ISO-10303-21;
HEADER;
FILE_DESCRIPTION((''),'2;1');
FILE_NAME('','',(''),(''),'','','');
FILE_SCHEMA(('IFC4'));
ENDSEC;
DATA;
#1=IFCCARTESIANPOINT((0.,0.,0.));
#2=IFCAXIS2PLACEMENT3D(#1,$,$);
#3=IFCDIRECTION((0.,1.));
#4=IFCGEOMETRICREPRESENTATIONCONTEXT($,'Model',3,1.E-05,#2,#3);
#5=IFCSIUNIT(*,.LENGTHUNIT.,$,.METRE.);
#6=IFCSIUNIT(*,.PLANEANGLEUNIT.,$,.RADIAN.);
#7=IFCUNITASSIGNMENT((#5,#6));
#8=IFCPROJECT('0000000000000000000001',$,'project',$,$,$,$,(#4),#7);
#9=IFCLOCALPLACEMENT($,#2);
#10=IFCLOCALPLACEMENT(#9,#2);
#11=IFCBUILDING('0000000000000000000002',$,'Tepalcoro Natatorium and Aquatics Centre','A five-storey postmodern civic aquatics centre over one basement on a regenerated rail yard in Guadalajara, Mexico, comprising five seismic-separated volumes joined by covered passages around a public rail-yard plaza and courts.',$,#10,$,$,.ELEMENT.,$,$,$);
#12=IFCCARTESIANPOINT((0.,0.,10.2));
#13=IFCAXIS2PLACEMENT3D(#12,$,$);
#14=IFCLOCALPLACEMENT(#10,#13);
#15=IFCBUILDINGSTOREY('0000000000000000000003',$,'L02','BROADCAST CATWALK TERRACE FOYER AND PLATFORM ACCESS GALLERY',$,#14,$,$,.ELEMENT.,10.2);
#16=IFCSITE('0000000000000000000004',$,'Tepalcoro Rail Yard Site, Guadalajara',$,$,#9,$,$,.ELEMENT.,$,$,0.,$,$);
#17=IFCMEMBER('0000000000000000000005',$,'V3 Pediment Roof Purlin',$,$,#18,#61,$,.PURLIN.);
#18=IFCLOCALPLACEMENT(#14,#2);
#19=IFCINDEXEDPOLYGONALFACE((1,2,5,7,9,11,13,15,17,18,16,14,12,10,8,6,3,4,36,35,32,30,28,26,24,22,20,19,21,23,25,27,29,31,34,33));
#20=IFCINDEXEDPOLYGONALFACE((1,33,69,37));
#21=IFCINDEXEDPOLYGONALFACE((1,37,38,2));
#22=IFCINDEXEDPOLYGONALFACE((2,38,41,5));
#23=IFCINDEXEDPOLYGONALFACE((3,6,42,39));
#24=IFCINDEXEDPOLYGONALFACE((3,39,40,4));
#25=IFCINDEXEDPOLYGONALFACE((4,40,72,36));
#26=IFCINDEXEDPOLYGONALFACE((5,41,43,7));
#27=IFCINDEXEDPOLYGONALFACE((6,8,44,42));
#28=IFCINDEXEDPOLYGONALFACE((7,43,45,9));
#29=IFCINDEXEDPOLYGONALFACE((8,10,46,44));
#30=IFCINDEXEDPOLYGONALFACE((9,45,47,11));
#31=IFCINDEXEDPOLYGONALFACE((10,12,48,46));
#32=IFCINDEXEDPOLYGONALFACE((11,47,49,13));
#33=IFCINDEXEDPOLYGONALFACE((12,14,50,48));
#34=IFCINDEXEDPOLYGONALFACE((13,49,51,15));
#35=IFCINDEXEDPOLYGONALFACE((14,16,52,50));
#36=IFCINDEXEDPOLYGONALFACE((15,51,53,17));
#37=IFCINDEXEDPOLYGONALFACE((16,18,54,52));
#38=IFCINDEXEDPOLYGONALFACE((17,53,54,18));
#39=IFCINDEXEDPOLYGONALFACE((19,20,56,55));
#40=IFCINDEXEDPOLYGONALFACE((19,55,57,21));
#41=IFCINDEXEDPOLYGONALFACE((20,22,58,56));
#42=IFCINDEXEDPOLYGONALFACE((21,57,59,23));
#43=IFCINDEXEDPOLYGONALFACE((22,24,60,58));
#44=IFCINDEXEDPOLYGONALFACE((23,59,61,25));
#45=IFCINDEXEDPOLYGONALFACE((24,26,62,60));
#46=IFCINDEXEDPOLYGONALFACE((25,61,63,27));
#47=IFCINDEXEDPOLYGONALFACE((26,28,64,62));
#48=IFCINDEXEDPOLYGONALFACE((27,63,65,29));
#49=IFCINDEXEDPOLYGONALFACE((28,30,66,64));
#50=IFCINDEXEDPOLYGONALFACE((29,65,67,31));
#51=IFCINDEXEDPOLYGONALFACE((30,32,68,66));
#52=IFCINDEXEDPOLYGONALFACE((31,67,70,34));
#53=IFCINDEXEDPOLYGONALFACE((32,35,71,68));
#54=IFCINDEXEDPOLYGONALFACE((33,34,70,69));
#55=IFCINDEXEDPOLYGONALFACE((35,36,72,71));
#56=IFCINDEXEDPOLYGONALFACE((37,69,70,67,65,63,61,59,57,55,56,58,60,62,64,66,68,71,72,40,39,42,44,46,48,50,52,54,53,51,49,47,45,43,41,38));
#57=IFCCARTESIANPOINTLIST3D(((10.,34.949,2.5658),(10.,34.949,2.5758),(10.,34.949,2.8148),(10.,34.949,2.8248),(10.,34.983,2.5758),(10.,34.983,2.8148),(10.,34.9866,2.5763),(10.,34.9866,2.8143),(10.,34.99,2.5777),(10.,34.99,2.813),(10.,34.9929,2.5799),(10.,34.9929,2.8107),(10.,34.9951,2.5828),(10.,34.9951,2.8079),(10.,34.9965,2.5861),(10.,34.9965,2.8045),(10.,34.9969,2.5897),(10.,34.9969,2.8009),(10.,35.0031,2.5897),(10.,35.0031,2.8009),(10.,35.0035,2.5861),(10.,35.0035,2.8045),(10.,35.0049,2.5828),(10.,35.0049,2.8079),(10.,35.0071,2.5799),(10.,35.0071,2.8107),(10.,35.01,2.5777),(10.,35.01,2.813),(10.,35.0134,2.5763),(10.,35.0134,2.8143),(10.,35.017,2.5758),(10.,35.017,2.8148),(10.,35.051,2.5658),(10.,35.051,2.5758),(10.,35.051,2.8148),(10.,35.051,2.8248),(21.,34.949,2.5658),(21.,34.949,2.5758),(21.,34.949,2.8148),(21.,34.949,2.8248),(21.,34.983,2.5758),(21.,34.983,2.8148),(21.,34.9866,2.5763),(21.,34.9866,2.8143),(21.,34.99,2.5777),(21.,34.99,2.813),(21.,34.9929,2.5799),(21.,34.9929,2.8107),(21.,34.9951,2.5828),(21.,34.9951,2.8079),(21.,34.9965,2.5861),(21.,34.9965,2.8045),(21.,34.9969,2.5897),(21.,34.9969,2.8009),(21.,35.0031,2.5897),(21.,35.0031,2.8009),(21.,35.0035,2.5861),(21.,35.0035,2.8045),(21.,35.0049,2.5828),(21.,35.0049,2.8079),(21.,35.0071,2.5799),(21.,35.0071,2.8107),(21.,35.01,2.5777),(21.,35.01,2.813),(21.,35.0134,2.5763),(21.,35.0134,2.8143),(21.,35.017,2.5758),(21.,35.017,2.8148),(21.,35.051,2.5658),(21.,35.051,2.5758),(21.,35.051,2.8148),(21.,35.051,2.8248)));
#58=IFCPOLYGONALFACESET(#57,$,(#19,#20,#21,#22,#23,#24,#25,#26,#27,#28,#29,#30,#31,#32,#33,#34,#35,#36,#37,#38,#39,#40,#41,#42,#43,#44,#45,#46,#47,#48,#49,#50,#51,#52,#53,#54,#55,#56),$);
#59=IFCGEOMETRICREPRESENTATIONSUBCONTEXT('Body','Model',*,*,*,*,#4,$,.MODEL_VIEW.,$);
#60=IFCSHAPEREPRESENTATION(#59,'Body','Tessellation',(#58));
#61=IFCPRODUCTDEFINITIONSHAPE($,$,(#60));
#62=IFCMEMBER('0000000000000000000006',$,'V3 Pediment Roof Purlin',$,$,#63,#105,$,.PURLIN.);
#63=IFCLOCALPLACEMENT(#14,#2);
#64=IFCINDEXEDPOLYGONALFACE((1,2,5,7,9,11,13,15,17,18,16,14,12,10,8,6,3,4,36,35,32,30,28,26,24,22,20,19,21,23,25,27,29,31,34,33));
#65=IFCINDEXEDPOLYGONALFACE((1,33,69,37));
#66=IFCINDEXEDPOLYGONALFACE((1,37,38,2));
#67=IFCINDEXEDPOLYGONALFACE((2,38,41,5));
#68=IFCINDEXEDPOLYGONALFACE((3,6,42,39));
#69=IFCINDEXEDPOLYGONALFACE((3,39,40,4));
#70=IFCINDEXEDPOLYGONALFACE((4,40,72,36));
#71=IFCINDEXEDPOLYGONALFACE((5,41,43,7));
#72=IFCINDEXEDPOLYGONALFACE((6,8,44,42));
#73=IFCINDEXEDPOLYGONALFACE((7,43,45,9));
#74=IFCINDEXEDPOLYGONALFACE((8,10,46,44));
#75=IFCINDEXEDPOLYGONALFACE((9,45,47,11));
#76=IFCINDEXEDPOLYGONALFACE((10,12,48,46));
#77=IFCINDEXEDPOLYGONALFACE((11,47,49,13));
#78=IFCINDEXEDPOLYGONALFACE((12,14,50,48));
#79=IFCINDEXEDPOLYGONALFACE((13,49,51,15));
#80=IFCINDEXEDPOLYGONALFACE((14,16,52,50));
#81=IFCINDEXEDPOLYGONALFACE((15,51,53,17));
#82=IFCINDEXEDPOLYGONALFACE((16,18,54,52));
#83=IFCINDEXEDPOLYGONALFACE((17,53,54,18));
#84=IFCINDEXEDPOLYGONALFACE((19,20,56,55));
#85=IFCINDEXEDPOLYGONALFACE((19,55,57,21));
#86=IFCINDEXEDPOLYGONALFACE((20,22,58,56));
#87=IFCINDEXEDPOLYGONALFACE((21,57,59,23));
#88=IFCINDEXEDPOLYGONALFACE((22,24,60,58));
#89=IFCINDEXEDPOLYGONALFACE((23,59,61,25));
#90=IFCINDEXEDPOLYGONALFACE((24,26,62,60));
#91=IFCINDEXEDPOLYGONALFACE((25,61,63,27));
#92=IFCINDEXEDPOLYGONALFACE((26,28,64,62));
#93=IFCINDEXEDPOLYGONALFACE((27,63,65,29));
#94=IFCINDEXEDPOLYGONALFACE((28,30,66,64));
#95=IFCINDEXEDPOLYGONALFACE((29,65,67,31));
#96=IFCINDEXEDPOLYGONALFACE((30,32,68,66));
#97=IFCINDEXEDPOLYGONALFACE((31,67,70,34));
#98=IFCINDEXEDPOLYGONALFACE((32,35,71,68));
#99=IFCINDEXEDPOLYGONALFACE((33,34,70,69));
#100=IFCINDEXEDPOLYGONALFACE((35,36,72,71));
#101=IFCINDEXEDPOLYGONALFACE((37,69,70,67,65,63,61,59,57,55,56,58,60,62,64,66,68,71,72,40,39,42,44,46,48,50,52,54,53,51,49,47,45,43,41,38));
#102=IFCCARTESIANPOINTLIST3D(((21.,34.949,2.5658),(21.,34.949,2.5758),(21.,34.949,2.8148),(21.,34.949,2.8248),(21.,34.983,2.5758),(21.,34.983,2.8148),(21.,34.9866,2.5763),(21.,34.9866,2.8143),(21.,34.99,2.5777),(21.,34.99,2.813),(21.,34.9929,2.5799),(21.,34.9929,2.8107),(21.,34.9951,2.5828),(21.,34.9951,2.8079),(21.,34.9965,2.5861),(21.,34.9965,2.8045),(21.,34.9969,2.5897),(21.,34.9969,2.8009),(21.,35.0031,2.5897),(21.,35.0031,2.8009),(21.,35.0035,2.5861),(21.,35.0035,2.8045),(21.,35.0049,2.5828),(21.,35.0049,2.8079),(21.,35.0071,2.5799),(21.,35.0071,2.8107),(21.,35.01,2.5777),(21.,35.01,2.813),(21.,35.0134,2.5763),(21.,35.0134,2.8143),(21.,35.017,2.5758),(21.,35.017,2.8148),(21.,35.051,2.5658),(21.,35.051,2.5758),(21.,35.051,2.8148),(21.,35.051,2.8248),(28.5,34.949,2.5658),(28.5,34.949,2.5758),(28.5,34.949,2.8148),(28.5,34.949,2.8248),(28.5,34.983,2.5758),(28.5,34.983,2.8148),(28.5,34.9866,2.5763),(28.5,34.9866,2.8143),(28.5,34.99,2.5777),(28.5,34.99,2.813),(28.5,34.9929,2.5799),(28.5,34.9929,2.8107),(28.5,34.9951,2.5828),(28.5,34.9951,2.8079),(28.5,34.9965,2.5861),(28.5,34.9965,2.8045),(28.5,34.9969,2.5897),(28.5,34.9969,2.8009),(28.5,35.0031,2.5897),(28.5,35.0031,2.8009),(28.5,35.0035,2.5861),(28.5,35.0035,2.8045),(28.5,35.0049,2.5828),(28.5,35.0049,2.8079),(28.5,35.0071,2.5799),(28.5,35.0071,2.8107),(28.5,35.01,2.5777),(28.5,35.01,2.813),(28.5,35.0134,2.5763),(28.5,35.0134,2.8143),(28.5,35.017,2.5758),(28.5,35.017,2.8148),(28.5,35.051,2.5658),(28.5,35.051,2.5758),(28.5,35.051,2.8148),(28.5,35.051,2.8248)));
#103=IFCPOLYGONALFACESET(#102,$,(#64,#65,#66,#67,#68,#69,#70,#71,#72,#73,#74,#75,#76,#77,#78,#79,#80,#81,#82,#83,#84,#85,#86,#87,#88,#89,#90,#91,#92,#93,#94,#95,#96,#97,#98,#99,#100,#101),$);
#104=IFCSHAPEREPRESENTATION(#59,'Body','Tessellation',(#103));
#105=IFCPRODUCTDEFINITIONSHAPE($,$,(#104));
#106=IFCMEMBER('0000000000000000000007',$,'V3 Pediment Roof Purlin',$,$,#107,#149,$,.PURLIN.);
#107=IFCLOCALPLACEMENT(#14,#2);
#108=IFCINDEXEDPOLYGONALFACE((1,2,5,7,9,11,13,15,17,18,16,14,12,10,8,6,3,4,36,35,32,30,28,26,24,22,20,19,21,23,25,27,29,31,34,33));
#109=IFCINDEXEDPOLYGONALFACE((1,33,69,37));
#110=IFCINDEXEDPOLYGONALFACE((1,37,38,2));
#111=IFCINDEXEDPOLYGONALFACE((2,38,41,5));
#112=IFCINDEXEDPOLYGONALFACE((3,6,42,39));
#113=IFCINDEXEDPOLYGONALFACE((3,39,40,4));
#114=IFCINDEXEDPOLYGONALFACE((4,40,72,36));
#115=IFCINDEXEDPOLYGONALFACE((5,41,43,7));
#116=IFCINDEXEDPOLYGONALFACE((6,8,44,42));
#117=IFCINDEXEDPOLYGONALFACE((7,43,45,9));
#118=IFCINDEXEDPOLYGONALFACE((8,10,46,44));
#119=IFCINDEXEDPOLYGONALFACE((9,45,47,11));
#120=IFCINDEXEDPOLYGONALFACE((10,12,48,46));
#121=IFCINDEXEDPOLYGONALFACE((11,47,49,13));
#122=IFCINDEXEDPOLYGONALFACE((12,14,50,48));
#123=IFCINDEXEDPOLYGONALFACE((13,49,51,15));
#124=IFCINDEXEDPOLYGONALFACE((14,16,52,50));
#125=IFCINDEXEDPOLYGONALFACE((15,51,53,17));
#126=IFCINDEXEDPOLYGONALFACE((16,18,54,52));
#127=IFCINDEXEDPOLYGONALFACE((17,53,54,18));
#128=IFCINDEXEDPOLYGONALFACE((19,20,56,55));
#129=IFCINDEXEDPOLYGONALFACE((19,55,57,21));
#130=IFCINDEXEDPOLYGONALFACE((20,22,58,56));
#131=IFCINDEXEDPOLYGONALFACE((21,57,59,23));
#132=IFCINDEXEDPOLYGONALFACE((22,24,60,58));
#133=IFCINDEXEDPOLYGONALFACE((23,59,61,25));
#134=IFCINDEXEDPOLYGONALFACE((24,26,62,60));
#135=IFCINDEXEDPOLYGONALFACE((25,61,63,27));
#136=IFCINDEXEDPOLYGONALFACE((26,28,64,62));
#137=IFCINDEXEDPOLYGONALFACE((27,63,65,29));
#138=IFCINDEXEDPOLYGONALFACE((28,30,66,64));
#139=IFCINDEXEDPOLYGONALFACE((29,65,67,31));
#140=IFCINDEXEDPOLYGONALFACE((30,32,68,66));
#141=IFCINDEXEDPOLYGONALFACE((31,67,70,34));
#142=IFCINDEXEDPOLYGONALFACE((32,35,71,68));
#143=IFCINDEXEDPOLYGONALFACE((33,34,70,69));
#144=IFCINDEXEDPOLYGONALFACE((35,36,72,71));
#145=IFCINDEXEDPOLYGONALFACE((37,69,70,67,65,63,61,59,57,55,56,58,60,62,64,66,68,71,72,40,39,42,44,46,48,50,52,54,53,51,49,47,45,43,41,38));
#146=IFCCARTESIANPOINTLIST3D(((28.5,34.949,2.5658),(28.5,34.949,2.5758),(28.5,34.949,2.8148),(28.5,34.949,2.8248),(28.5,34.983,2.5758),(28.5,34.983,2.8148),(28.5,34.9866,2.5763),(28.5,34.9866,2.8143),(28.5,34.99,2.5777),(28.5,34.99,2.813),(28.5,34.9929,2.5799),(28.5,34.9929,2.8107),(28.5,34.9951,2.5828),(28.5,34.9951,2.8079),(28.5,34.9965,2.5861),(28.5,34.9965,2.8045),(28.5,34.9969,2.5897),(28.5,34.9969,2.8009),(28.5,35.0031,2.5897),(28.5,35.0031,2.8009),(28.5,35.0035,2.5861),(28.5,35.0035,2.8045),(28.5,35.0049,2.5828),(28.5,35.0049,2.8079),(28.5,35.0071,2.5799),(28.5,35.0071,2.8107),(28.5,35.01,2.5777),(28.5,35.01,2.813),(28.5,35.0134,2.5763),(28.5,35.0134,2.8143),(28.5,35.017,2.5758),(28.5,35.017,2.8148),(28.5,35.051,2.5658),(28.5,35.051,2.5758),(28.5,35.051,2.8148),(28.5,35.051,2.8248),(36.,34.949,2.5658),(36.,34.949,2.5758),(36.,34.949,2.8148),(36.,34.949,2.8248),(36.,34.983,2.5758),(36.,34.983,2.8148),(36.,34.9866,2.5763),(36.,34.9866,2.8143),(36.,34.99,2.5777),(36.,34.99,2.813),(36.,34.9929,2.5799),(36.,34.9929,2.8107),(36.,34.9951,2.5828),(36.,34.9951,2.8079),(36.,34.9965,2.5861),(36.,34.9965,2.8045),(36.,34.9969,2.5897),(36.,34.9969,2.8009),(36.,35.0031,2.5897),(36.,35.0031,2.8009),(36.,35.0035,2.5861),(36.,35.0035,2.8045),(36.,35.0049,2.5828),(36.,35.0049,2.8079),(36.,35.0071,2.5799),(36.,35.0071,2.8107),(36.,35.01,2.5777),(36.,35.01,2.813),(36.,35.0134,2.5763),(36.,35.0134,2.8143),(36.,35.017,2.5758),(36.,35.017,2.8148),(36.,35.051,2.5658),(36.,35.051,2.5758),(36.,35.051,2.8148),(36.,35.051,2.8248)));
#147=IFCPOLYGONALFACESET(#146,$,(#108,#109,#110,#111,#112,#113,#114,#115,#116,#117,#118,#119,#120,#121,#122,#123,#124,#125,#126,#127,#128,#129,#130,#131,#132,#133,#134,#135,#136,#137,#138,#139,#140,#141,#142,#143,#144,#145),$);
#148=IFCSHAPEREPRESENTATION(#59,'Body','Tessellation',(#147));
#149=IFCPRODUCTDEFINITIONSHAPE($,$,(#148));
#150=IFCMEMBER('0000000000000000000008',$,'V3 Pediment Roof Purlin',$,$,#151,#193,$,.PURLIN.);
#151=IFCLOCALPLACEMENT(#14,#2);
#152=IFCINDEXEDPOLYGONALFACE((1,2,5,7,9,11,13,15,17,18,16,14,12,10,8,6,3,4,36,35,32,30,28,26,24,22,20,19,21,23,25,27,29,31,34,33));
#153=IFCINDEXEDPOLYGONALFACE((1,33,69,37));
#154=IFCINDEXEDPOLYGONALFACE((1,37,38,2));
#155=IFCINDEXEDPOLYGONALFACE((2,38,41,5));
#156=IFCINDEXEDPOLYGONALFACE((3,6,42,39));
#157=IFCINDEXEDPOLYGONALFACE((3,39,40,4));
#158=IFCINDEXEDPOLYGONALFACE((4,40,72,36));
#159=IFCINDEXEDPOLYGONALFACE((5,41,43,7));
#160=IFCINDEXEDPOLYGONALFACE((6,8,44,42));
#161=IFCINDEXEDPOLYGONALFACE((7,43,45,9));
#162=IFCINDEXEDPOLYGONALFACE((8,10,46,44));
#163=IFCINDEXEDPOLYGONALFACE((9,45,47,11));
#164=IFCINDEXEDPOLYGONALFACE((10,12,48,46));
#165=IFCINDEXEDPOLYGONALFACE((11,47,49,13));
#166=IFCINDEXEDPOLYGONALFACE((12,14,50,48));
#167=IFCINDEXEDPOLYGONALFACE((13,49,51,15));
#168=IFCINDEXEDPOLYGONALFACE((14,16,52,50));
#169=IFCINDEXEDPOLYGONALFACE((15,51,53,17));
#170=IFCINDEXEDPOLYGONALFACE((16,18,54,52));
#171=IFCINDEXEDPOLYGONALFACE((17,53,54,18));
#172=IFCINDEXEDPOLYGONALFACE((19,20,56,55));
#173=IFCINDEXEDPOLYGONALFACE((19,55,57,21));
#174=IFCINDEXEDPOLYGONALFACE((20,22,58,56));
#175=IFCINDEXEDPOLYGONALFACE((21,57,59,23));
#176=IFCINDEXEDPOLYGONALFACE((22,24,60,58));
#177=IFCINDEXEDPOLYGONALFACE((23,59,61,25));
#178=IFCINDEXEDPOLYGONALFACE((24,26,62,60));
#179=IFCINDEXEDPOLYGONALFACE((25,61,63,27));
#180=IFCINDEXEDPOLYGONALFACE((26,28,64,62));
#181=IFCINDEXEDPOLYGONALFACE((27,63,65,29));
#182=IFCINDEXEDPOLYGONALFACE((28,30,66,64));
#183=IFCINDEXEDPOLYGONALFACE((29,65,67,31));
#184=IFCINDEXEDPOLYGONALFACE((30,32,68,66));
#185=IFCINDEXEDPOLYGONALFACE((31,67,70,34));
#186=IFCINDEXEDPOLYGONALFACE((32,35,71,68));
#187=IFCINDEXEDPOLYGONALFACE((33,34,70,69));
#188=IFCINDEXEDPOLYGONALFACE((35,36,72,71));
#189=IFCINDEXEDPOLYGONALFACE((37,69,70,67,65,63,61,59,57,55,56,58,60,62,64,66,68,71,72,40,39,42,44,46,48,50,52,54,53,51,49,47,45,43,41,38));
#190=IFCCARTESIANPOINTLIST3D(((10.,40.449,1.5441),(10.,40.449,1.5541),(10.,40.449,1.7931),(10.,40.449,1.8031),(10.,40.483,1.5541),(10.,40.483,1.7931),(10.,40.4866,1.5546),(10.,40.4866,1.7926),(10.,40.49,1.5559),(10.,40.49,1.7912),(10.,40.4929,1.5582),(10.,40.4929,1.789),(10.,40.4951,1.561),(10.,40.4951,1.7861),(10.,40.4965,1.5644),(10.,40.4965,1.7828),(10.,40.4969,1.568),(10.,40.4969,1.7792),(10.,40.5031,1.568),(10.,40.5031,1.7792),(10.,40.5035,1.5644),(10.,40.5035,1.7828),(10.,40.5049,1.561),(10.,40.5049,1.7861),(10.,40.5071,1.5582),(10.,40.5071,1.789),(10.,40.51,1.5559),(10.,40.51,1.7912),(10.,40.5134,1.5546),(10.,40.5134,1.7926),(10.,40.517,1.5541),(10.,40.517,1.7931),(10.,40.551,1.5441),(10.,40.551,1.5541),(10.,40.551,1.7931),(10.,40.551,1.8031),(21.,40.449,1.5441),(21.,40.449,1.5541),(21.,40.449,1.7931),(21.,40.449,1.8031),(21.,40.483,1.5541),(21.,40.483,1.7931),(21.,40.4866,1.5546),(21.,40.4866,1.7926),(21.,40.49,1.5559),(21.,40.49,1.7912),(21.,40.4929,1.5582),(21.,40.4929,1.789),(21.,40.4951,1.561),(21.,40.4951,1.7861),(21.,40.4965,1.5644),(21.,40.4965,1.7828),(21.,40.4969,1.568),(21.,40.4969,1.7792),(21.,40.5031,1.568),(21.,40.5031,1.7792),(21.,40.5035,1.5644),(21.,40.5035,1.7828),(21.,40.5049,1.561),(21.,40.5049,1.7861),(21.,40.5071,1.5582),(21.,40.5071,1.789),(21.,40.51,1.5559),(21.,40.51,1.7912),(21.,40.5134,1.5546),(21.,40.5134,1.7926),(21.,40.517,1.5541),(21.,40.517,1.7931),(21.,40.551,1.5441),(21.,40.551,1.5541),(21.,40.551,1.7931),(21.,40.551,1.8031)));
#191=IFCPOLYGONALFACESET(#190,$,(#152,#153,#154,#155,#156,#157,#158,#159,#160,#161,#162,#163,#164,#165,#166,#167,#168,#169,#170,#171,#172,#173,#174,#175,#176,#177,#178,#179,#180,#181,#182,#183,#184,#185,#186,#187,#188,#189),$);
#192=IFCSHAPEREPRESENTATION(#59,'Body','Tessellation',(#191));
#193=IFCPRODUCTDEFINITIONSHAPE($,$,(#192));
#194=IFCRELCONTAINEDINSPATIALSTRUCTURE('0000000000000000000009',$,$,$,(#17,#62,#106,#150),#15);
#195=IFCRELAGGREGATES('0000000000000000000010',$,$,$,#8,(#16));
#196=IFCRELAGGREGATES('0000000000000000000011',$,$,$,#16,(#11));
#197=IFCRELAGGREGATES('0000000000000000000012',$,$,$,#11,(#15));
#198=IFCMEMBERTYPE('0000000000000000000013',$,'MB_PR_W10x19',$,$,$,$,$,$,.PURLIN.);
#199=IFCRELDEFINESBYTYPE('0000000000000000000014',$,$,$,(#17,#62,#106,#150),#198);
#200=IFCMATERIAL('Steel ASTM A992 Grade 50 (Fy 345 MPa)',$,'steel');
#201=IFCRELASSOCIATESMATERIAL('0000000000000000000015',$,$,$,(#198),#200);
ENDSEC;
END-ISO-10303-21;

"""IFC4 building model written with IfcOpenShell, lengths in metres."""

from ifc_helpers import new_model, si_unit, direction, frame, origin, origin_2d, place, context, subcontext, project, spatial, i_section, extrude, material, material_profile, profile_set, type_object, element, save


model = new_model("IFC4")

# Units and contexts
model_context = context("Model", 3, precision=1e-05, world=origin(), true_north=direction((0.0, 1.0)))
body_context = subcontext(model_context, "Body", "Model", "MODEL_VIEW")
ifc_project = project(units=[si_unit("LENGTHUNIT", "METRE"), si_unit("PLANEANGLEUNIT", "RADIAN")], contexts=[model_context])

# Site, building, storey
site_placement = place(None, origin())
site = spatial("IfcSite", under=ifc_project, at=site_placement, Name="Tepalcoro Rail Yard Site, Guadalajara", CompositionType="ELEMENT", RefElevation=0.0)
building_placement = place(site_placement, origin())
building = spatial("IfcBuilding", under=site, at=building_placement, Name="Tepalcoro Natatorium and Aquatics Centre", Description="A five-storey postmodern civic aquatics centre over one basement on a regenerated rail yard in Guadalajara, Mexico, comprising five seismic-separated volumes joined by covered passages around a public rail-yard plaza and courts.", CompositionType="ELEMENT")
storey_placement = place(building_placement, frame((0.0, 0.0, 10.2)))
storey = spatial("IfcBuildingStorey", under=building, at=storey_placement, Name="L02", Description="BROADCAST CATWALK TERRACE FOYER AND PLATFORM ACCESS GALLERY", CompositionType="ELEMENT", Elevation=10.2)

# Members
ifc_material_1 = material(Name="Steel ASTM A992 Grade 50 (Fy 345 MPa)", Category="steel")
ifc_material_profile_1 = material_profile(ifc_material_1, i_section(OverallWidth=0.1021, OverallDepth=0.259, WebThickness=0.0061, FlangeThickness=0.01, FilletRadius=0.0139, at=origin_2d()), Name="W10X19")
ifc_profile_set_1 = profile_set([ifc_material_profile_1], Name="Steel ASTM A992 Grade 50 (Fy 345 MPa)")
member_type_1 = type_object("IfcMemberType", Name="MB_PR_W10x19", PredefinedType="PURLIN", material=ifc_profile_set_1)
member_1_placement = place(storey_placement, frame((10.0, 35.0, 2.6953), z_axis=(1.0, 0.0, 0.0), x_axis=(0.0, 1.0, 0.0)))
element("IfcMember", 1, at=member_1_placement, inside=storey, type_object=member_type_1, Name="V3 Pediment Roof Purlin", PredefinedType="PURLIN", context=body_context, shape_type="SweptSolid", body=[
    extrude(i_section(OverallWidth=0.1021, OverallDepth=0.259, WebThickness=0.0061, FlangeThickness=0.01, FilletRadius=0.0139, at=origin_2d()), origin(), (0.0, 0.0, 1.0), 11.0),
])
for number, where, z_axis, x_axis, name in (
    (2, (21.0, 35.0, 2.6953), (1.0, 0.0, 0.0), (0.0, 1.0, 0.0), "V3 Pediment Roof Purlin"),
    (3, (28.5, 35.0, 2.6953), (1.0, 0.0, 0.0), (0.0, 1.0, 0.0), "V3 Pediment Roof Purlin"),
):
    element("IfcMember", number, at=place(storey_placement, frame(where, z_axis=z_axis, x_axis=x_axis)), inside=storey, type_object=member_type_1, Name=name, PredefinedType="PURLIN", context=body_context, shape_type="SweptSolid", body=[
        extrude(i_section(OverallWidth=0.1021, OverallDepth=0.259, WebThickness=0.0061, FlangeThickness=0.01, FilletRadius=0.0139, at=origin_2d()), origin(), (0.0, 0.0, 1.0), 7.5),
    ])
member_2_placement = place(storey_placement, frame((10.0, 40.5, 1.6736), z_axis=(1.0, 0.0, 0.0), x_axis=(0.0, 1.0, 0.0)))
element("IfcMember", 4, at=member_2_placement, inside=storey, type_object=member_type_1, Name="V3 Pediment Roof Purlin", PredefinedType="PURLIN", context=body_context, shape_type="SweptSolid", body=[
    extrude(i_section(OverallWidth=0.1021, OverallDepth=0.259, WebThickness=0.0061, FlangeThickness=0.01, FilletRadius=0.0139, at=origin_2d()), origin(), (0.0, 0.0, 1.0), 11.0),
])

save(model, "model.ifc")
